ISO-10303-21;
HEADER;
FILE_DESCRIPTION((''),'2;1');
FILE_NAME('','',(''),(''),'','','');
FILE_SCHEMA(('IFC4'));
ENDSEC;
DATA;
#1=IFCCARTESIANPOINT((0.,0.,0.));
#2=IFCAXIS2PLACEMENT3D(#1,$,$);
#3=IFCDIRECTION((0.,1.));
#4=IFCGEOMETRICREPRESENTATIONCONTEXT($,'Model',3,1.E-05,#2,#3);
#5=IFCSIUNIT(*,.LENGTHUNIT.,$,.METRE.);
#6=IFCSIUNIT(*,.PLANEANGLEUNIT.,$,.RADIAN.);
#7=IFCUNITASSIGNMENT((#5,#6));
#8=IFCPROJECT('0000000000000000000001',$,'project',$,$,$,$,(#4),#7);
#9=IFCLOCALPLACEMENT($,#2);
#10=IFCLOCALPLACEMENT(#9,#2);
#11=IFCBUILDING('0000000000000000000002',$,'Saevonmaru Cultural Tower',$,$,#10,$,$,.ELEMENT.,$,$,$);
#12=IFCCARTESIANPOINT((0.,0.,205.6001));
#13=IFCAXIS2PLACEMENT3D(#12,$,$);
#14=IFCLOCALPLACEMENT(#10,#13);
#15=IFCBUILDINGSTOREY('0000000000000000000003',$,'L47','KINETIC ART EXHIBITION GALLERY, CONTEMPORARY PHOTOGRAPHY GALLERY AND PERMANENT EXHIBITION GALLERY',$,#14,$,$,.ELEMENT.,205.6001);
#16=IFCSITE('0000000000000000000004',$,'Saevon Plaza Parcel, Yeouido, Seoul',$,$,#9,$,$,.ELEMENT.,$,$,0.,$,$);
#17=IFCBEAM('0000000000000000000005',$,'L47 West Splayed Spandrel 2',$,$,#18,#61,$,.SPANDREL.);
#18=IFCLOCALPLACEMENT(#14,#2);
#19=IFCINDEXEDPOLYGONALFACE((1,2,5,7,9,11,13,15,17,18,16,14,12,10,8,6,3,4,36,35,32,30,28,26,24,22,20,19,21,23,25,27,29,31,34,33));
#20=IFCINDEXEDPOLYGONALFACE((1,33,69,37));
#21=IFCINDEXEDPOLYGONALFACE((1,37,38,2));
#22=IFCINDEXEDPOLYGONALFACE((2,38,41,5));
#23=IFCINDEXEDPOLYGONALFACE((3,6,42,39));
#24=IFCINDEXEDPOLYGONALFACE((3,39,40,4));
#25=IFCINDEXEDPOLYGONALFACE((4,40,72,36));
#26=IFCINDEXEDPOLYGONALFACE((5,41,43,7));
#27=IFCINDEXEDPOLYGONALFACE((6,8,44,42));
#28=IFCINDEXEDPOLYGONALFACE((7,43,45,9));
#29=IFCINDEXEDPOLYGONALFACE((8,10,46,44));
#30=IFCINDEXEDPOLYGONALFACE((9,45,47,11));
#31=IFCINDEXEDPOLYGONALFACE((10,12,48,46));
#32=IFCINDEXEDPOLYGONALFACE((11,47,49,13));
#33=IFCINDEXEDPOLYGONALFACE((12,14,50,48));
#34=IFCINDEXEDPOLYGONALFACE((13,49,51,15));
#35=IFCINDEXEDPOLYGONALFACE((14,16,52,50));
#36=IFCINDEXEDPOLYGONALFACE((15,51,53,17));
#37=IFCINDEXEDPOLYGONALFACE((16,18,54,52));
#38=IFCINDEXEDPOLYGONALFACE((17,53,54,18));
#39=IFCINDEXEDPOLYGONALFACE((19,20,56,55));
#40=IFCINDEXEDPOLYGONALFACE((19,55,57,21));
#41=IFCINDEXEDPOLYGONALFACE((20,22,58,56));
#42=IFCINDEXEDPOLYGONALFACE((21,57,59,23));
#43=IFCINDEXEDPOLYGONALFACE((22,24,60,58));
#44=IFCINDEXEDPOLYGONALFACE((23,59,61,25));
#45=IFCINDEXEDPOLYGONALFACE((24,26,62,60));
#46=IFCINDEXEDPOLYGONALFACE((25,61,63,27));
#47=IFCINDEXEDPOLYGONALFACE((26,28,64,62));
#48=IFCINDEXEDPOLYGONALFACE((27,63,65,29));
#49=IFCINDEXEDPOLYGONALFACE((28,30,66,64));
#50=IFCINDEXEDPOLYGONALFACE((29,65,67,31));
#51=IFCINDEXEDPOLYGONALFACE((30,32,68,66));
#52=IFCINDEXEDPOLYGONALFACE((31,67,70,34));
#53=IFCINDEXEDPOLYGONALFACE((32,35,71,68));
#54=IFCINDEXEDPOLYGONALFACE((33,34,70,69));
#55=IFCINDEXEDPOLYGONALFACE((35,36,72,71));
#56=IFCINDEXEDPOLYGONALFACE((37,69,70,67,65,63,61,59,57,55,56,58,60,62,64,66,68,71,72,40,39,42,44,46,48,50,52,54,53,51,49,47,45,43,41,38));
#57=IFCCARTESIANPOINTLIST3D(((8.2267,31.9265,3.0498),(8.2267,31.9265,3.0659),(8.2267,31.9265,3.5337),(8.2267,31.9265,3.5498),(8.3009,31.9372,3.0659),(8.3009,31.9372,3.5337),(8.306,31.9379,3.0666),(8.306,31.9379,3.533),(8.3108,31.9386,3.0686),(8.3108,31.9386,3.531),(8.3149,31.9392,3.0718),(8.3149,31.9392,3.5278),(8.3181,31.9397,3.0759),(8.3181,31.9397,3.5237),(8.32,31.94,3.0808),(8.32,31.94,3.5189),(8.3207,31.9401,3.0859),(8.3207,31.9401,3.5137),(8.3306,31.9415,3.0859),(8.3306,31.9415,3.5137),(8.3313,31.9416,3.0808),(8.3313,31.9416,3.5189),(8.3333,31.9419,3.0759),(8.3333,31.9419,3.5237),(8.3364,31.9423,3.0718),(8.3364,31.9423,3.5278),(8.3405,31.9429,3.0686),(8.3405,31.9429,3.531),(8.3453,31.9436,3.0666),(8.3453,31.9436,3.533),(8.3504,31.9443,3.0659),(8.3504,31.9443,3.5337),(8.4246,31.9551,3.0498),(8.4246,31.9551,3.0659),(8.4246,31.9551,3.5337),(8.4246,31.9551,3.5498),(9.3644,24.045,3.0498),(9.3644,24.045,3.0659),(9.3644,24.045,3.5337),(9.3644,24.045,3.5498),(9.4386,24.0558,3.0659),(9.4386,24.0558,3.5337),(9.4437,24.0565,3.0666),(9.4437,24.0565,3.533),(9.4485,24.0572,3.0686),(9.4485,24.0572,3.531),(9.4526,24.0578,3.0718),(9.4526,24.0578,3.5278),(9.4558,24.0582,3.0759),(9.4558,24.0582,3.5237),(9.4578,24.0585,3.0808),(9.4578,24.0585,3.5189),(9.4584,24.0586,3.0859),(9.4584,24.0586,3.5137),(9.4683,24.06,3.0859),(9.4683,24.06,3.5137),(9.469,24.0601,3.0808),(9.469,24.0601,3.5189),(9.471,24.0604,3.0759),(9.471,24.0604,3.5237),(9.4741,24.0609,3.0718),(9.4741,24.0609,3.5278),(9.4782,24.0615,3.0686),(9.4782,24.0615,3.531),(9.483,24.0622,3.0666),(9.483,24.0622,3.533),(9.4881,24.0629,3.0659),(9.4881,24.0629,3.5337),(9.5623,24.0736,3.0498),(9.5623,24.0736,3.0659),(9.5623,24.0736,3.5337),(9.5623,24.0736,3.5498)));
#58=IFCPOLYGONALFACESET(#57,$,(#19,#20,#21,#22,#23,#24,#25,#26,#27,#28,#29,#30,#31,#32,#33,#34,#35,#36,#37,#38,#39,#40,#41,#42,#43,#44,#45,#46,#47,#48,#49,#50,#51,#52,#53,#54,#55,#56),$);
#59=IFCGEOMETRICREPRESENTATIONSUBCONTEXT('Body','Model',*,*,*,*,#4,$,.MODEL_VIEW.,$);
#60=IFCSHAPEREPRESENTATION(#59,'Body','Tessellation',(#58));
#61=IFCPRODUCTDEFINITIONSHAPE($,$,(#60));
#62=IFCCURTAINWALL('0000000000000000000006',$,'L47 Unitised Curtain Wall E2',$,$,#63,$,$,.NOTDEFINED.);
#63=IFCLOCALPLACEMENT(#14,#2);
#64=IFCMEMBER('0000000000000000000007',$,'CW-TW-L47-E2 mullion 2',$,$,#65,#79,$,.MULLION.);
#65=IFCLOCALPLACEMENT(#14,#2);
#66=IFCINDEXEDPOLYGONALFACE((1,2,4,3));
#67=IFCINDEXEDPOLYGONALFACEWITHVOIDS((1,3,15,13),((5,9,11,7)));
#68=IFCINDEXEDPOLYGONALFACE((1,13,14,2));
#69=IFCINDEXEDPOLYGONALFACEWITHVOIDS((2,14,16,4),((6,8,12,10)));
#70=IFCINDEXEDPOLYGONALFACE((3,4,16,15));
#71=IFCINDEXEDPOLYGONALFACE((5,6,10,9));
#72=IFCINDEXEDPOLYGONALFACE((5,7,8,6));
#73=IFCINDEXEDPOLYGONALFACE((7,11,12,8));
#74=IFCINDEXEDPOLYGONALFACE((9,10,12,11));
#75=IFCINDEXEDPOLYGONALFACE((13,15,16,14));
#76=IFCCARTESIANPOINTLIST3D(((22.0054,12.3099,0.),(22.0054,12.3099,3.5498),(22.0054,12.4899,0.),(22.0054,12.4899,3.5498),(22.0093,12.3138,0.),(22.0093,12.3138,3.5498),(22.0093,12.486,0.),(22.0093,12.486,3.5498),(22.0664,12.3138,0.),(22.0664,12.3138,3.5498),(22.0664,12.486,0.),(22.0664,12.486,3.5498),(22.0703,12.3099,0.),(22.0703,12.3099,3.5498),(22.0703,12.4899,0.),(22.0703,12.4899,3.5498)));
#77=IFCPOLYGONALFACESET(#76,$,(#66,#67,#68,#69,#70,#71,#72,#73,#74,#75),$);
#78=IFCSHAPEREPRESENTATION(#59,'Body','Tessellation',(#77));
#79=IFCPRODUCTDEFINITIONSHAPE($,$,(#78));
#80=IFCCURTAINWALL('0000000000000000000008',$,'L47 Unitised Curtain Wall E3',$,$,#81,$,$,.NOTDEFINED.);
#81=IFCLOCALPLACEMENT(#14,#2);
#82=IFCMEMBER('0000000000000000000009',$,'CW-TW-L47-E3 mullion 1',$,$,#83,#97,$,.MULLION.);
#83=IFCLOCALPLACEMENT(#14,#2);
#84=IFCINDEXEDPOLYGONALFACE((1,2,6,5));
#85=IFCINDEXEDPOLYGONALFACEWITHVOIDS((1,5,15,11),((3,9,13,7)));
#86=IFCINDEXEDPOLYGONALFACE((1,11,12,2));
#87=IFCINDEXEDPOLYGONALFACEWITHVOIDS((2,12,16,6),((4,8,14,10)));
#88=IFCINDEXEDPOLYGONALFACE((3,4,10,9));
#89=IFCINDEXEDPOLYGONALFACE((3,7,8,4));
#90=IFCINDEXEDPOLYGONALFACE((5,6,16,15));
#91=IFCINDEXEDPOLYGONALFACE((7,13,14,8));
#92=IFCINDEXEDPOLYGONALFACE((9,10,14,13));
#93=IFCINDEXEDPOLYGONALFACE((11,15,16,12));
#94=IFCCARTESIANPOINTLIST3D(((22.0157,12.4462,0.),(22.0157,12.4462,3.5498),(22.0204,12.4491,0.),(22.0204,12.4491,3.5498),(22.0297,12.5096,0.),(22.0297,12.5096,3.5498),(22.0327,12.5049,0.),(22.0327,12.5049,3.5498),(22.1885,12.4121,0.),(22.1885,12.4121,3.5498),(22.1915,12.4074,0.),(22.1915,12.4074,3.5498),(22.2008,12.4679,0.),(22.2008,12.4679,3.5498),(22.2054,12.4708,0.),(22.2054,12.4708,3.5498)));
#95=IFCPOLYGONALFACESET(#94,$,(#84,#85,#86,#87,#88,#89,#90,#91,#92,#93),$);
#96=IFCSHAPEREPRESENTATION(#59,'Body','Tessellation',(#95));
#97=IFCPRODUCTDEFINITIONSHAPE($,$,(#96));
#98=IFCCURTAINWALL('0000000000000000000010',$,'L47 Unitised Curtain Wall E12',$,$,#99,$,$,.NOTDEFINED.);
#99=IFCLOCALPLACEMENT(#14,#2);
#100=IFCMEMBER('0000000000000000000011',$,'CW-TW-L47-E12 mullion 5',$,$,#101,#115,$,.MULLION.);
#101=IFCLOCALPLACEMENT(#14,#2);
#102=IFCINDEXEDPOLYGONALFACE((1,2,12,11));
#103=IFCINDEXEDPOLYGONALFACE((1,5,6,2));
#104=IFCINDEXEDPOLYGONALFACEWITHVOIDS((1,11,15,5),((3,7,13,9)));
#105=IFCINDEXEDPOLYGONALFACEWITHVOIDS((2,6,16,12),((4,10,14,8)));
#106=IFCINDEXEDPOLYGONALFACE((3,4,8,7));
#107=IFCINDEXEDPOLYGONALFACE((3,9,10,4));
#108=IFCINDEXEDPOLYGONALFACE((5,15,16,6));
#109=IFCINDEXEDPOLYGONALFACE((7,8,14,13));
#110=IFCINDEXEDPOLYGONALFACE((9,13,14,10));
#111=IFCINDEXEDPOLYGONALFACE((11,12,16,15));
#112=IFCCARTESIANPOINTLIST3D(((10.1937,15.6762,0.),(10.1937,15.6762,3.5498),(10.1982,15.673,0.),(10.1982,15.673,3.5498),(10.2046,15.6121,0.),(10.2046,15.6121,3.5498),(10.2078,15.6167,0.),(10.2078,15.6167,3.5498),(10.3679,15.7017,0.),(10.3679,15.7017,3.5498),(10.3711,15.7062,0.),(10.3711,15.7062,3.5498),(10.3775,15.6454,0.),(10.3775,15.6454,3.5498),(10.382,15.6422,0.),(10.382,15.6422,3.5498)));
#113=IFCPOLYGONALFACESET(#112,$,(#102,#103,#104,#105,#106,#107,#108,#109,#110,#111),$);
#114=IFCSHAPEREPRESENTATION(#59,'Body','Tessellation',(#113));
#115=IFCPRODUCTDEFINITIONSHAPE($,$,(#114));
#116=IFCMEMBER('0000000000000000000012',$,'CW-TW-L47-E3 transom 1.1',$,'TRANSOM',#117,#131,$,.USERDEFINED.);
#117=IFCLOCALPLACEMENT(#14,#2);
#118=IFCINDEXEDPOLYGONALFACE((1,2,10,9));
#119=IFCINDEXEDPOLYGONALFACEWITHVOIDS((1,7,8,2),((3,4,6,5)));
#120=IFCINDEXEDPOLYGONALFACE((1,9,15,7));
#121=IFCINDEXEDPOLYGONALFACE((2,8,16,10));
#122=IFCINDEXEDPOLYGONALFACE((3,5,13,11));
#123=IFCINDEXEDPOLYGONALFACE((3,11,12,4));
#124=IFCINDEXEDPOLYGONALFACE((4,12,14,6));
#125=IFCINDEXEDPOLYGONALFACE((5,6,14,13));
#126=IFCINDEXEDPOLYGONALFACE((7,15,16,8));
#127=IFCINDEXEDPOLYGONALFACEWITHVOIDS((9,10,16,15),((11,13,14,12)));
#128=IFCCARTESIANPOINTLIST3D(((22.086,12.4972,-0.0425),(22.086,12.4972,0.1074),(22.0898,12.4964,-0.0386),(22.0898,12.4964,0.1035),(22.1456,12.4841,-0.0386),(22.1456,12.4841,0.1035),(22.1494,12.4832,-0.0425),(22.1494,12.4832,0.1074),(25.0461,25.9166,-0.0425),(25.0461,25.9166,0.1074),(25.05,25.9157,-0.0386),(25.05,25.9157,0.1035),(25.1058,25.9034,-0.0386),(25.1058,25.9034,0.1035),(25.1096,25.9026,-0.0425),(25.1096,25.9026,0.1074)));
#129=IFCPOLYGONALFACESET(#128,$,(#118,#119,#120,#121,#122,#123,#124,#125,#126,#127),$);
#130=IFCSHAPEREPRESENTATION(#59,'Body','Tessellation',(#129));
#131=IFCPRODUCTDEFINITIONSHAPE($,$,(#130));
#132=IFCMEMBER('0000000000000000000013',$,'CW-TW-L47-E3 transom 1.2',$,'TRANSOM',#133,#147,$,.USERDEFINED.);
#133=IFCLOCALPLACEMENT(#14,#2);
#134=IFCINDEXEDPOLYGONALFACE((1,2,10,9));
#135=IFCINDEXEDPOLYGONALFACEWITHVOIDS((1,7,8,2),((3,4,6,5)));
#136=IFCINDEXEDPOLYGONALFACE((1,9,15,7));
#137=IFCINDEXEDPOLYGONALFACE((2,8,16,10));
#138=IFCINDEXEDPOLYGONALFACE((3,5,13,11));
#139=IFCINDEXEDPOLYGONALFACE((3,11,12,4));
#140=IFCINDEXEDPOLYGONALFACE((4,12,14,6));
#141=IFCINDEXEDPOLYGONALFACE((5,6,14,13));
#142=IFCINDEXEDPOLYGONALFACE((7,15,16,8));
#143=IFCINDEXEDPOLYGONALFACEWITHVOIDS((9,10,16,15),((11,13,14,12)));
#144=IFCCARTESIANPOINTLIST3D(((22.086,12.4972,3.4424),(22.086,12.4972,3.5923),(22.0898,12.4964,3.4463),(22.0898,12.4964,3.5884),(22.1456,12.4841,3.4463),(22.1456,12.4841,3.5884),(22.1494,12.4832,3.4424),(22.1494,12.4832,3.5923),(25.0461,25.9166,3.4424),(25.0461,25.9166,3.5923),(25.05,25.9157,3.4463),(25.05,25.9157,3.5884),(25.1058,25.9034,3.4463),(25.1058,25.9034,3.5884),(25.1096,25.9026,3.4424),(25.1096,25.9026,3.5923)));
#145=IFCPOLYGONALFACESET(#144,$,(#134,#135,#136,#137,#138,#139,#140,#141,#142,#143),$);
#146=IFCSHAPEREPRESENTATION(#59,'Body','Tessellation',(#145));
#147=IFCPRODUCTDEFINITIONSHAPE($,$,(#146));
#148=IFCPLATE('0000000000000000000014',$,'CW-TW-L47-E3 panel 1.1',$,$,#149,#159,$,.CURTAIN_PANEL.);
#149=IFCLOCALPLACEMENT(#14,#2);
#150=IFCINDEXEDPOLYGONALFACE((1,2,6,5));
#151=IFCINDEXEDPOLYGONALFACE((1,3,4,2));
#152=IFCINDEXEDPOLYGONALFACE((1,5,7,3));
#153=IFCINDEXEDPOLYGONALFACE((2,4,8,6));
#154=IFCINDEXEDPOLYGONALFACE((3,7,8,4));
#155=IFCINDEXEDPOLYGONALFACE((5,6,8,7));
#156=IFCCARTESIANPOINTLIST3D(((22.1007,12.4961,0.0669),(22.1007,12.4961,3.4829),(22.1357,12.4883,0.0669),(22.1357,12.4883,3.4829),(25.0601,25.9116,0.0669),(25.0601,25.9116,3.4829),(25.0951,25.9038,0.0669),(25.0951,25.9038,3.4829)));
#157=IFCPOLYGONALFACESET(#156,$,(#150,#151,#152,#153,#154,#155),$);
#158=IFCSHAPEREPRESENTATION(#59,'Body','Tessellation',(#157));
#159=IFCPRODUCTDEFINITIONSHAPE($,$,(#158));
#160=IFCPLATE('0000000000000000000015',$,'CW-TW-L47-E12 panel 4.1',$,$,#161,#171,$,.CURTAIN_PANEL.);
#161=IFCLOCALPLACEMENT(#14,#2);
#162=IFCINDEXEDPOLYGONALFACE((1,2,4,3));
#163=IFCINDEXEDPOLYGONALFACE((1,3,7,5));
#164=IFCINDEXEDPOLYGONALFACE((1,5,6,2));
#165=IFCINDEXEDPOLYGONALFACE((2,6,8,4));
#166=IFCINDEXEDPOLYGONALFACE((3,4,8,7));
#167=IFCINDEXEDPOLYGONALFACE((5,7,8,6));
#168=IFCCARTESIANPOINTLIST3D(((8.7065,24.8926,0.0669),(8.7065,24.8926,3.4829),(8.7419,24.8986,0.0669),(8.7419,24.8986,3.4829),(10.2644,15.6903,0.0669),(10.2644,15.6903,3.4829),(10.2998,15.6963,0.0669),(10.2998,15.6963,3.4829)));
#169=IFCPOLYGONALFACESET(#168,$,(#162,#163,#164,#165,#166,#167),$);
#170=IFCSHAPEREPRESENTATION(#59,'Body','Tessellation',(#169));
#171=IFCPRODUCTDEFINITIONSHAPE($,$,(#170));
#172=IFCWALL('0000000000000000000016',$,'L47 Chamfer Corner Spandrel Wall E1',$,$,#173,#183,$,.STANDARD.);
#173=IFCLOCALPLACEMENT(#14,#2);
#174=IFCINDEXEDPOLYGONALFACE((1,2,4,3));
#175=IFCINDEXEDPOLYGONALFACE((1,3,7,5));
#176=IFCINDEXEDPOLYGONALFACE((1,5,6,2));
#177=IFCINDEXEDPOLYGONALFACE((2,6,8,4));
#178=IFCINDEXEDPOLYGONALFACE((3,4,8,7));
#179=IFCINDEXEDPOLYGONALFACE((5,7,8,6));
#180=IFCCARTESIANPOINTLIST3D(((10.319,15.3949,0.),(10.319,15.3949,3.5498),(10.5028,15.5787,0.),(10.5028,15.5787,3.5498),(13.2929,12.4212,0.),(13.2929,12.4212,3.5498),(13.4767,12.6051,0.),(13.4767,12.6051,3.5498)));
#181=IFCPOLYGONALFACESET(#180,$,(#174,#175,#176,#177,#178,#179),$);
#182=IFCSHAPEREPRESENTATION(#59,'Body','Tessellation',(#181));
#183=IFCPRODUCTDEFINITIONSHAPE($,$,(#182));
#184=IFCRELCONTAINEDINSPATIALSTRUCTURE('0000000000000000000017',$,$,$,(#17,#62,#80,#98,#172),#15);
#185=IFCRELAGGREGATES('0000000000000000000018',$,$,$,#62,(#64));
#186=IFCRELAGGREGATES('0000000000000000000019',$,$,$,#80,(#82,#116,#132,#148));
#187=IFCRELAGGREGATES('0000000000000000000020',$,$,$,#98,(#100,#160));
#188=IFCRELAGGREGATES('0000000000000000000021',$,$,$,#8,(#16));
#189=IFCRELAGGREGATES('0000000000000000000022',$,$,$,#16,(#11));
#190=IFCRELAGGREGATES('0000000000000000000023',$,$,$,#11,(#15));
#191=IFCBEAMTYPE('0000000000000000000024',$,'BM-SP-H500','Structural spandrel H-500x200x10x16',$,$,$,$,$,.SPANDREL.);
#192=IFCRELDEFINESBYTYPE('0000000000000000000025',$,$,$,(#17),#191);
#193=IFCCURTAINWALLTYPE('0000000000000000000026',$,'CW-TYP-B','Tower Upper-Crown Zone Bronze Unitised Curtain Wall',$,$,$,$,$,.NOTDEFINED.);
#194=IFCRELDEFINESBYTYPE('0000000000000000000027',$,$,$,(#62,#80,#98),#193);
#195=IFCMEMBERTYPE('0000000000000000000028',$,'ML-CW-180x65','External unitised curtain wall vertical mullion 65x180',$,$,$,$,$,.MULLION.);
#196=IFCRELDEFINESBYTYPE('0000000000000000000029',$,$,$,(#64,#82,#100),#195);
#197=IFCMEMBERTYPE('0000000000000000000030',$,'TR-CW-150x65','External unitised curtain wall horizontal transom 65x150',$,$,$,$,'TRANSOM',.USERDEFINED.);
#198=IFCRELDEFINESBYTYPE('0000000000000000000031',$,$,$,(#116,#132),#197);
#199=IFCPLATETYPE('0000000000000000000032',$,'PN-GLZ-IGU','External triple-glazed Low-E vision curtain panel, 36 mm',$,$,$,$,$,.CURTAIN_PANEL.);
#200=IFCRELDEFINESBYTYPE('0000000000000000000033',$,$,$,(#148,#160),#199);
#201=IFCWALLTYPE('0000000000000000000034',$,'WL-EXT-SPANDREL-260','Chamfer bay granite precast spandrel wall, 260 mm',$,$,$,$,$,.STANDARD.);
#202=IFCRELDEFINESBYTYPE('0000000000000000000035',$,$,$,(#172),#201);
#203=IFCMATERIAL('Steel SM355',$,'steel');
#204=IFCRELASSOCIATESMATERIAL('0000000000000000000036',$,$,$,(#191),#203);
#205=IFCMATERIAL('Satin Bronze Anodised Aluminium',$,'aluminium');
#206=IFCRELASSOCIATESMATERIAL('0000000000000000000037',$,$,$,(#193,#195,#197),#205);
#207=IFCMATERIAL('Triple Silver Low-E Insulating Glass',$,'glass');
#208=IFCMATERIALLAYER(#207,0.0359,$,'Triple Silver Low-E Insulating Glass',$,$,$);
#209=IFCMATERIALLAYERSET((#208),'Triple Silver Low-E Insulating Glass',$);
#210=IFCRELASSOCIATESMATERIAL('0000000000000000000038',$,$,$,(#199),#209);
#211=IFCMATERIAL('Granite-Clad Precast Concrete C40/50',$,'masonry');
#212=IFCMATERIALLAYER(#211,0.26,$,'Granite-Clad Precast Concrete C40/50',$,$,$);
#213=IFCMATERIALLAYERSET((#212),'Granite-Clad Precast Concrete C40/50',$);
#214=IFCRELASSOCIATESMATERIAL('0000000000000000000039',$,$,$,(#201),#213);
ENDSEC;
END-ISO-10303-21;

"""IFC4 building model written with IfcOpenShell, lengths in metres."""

from ifc_helpers import new_model, si_unit, direction, frame, frame_2d, origin, origin_2d, place, context, subcontext, project, spatial, rectangle, hollow_rectangle, i_section, extrude, material, layer, layer_set, material_profile, profile_set, type_object, element, aggregate, save


model = new_model("IFC4")

# Units and contexts
model_context = context("Model", 3, precision=1e-05, world=origin(), true_north=direction((0.0, 1.0)))
body_context = subcontext(model_context, "Body", "Model", "MODEL_VIEW")
ifc_project = project(units=[si_unit("LENGTHUNIT", "METRE"), si_unit("PLANEANGLEUNIT", "RADIAN")], contexts=[model_context])

# Site, building, storey
site_placement = place(None, origin())
site = spatial("IfcSite", under=ifc_project, at=site_placement, Name="Saevon Plaza Parcel, Yeouido, Seoul", CompositionType="ELEMENT", RefElevation=0.0)
building_placement = place(site_placement, origin())
building = spatial("IfcBuilding", under=site, at=building_placement, Name="Saevonmaru Cultural Tower", CompositionType="ELEMENT")
storey_placement = place(building_placement, frame((0.0, 0.0, 205.6001)))
storey = spatial("IfcBuildingStorey", under=building, at=storey_placement, Name="L47", Description="KINETIC ART EXHIBITION GALLERY, CONTEMPORARY PHOTOGRAPHY GALLERY AND PERMANENT EXHIBITION GALLERY", CompositionType="ELEMENT", Elevation=205.6001)

# Shared definitions
ifc_material_1 = material(Name="Steel SM355", Category="steel")

# Beam
ifc_material_profile_1 = material_profile(ifc_material_1, i_section(OverallWidth=0.2, OverallDepth=0.5, WebThickness=0.01, FlangeThickness=0.0161, FilletRadius=0.02, at=origin_2d()), Name="H-500x200x10x16")
ifc_profile_set_1 = profile_set([ifc_material_profile_1], Name="Steel SM355")
beam_type_1 = type_object("IfcBeamType", Name="BM-SP-H500", Description="Structural spandrel H-500x200x10x16", PredefinedType="SPANDREL", material=ifc_profile_set_1)
for number, where, z_axis, x_axis, name in (
    (1, (9.4634, 24.0593, 3.2998), (-0.142872, 0.989741, 0.0), (-0.989741, -0.142872, 0.0), "L47 West Splayed Spandrel 2"),
):
    element("IfcBeam", number, at=place(storey_placement, frame(where, z_axis=z_axis, x_axis=x_axis)), inside=storey, type_object=beam_type_1, Name=name, PredefinedType="SPANDREL", context=body_context, shape_type="SweptSolid", body=[
        extrude(i_section(OverallWidth=0.2, OverallDepth=0.5, WebThickness=0.01, FlangeThickness=0.0161, FilletRadius=0.02, at=origin_2d()), origin(), (0.0, 0.0, 1.0), 7.9631),
    ])

# Curtain walls, members
ifc_material_2 = material(Name="Satin Bronze Anodised Aluminium", Category="aluminium")
curtain_wall_type = type_object("IfcCurtainWallType", Name="CW-TYP-B", Description="Tower Upper-Crown Zone Bronze Unitised Curtain Wall", PredefinedType="NOTDEFINED", material=ifc_material_2)
curtain_wall_1_placement = place(storey_placement, origin())
curtain_wall_1 = element("IfcCurtainWall", 2, at=curtain_wall_1_placement, inside=storey, type_object=curtain_wall_type, Name="L47 Unitised Curtain Wall E2", PredefinedType="NOTDEFINED")
ifc_material_profile_2 = material_profile(ifc_material_2, hollow_rectangle(XDim=0.0649, YDim=0.1799, WallThickness=0.0039, at=origin_2d()), Name="ALU-MULL-180x65x4")
ifc_profile_set_2 = profile_set([ifc_material_profile_2], Name="Satin Bronze Anodised Aluminium")
member_type_1 = type_object("IfcMemberType", Name="ML-CW-180x65", Description="External unitised curtain wall vertical mullion 65x180", PredefinedType="MULLION", material=ifc_profile_set_2)
member_1_placement = place(storey_placement, frame((22.0378, 12.3999, 0.0), z_axis=(0.0, 0.0, 1.0), x_axis=(1.0, 0.0, 0.0)))
member_1 = element("IfcMember", 3, at=member_1_placement, type_object=member_type_1, Name="CW-TW-L47-E2 mullion 2", PredefinedType="MULLION", context=body_context, shape_type="SweptSolid", body=[
    extrude(hollow_rectangle(XDim=0.0649, YDim=0.1799, WallThickness=0.0039, at=origin_2d()), origin(), (0.0, 0.0, 1.0), 3.5498),
])
aggregate(curtain_wall_1, [member_1])
curtain_wall_2_placement = place(storey_placement, origin())
curtain_wall_2 = element("IfcCurtainWall", 4, at=curtain_wall_2_placement, inside=storey, type_object=curtain_wall_type, Name="L47 Unitised Curtain Wall E3", PredefinedType="NOTDEFINED")
member_2_placement = place(storey_placement, frame((22.1106, 12.4585, 0.0), z_axis=(0.0, 0.0, 1.0), x_axis=(0.215413, 0.976523, 0.0)))
member_2 = element("IfcMember", 5, at=member_2_placement, type_object=member_type_1, Name="CW-TW-L47-E3 mullion 1", PredefinedType="MULLION", context=body_context, shape_type="SweptSolid", body=[
    extrude(hollow_rectangle(XDim=0.0649, YDim=0.1799, WallThickness=0.0039, at=origin_2d()), origin(), (0.0, 0.0, 1.0), 3.5498),
])
curtain_wall_3_placement = place(storey_placement, origin())
curtain_wall_3 = element("IfcCurtainWall", 6, at=curtain_wall_3_placement, inside=storey, type_object=curtain_wall_type, Name="L47 Unitised Curtain Wall E12", PredefinedType="NOTDEFINED")
member_3_placement = place(storey_placement, frame((10.2878, 15.6592, 0.0), z_axis=(0.0, 0.0, 1.0), x_axis=(0.166922, -0.98597, 0.0)))
member_3 = element("IfcMember", 7, at=member_3_placement, type_object=member_type_1, Name="CW-TW-L47-E12 mullion 5", PredefinedType="MULLION", context=body_context, shape_type="SweptSolid", body=[
    extrude(hollow_rectangle(XDim=0.0649, YDim=0.1799, WallThickness=0.0039, at=origin_2d()), origin(), (0.0, 0.0, 1.0), 3.5498),
])

# Members
ifc_material_profile_3 = material_profile(ifc_material_2, hollow_rectangle(XDim=0.0649, YDim=0.1499, WallThickness=0.0039, at=origin_2d()), Name="ALU-TRAN-150x65x4")
ifc_profile_set_3 = profile_set([ifc_material_profile_3], Name="Satin Bronze Anodised Aluminium")
member_type_2 = type_object("IfcMemberType", Name="TR-CW-150x65", Description="External unitised curtain wall horizontal transom 65x150", ElementType="TRANSOM", PredefinedType="USERDEFINED", material=ifc_profile_set_3)
member_4_placement = place(storey_placement, frame((22.1177, 12.4902, 0.0325), z_axis=(0.215412, 0.976523, 0.0), x_axis=(-0.976523, 0.215412, 0.0)))
member_4 = element("IfcMember", 8, at=member_4_placement, type_object=member_type_2, Name="CW-TW-L47-E3 transom 1.1", ObjectType="TRANSOM", PredefinedType="USERDEFINED", context=body_context, shape_type="SweptSolid", body=[
    extrude(hollow_rectangle(XDim=0.0649, YDim=0.1499, WallThickness=0.0039, at=origin_2d()), origin(), (0.0, 0.0, 1.0), 13.7419),
])
member_5_placement = place(storey_placement, frame((22.1177, 12.4902, 3.5173), z_axis=(0.215412, 0.976523, 0.0), x_axis=(-0.976523, 0.215412, 0.0)))
member_5 = element("IfcMember", 9, at=member_5_placement, type_object=member_type_2, Name="CW-TW-L47-E3 transom 1.2", ObjectType="TRANSOM", PredefinedType="USERDEFINED", context=body_context, shape_type="SweptSolid", body=[
    extrude(hollow_rectangle(XDim=0.0649, YDim=0.1499, WallThickness=0.0039, at=origin_2d()), origin(), (0.0, 0.0, 1.0), 13.7419),
])

# Plates
ifc_material_3 = material(Name="Triple Silver Low-E Insulating Glass", Category="glass")
ifc_layer_1 = layer(ifc_material_3, 0.0359, Name="Triple Silver Low-E Insulating Glass")
ifc_layer_set_1 = layer_set([ifc_layer_1], Name="Triple Silver Low-E Insulating Glass")
plate_type = type_object("IfcPlateType", Name="PN-GLZ-IGU", Description="External triple-glazed Low-E vision curtain panel, 36 mm", PredefinedType="CURTAIN_PANEL", material=ifc_layer_set_1)
plate_1_placement = place(storey_placement, frame((23.5979, 19.2, 0.0669), z_axis=(0.0, 0.0, 1.0), x_axis=(0.215413, 0.976523, 0.0)))
plate_1 = element("IfcPlate", 10, at=plate_1_placement, type_object=plate_type, Name="CW-TW-L47-E3 panel 1.1", PredefinedType="CURTAIN_PANEL", context=body_context, shape_type="SweptSolid", body=[
    extrude(rectangle(XDim=13.738, YDim=0.0359, at=origin_2d()), origin(), (0.0, 0.0, 1.0), 3.416),
])
aggregate(curtain_wall_2, [member_2, member_4, member_5, plate_1])
plate_2_placement = place(storey_placement, frame((9.5032, 20.2944, 0.0669), z_axis=(0.0, 0.0, 1.0), x_axis=(0.166922, -0.98597, 0.0)))
plate_2 = element("IfcPlate", 11, at=plate_2_placement, type_object=plate_type, Name="CW-TW-L47-E12 panel 4.1", PredefinedType="CURTAIN_PANEL", context=body_context, shape_type="SweptSolid", body=[
    extrude(rectangle(XDim=9.3333, YDim=0.0359, at=origin_2d()), origin(), (0.0, 0.0, 1.0), 3.416),
])
aggregate(curtain_wall_3, [member_3, plate_2])

# Wall
ifc_material_4 = material(Name="Granite-Clad Precast Concrete C40/50", Category="masonry")
ifc_layer_2 = layer(ifc_material_4, 0.26, Name="Granite-Clad Precast Concrete C40/50")
ifc_layer_set_2 = layer_set([ifc_layer_2], Name="Granite-Clad Precast Concrete C40/50")
wall_type_1 = type_object("IfcWallType", Name="WL-EXT-SPANDREL-260", Description="Chamfer bay granite precast spandrel wall, 260 mm", PredefinedType="STANDARD", material=ifc_layer_set_2)
wall_1_placement = place(storey_placement, frame((10.4109, 15.4868, 0.0), z_axis=(0.0, 0.0, 1.0), x_axis=(0.707136, -0.707078, 0.0)))
element("IfcWall", 12, at=wall_1_placement, inside=storey, type_object=wall_type_1, Name="L47 Chamfer Corner Spandrel Wall E1", PredefinedType="STANDARD", context=body_context, shape_type="SweptSolid", body=[
    extrude(rectangle(XDim=4.2056, YDim=0.26, at=frame_2d((2.1028, 0.0))), origin(), (0.0, 0.0, 1.0), 3.5498),
])

save(model, "model.ifc")
